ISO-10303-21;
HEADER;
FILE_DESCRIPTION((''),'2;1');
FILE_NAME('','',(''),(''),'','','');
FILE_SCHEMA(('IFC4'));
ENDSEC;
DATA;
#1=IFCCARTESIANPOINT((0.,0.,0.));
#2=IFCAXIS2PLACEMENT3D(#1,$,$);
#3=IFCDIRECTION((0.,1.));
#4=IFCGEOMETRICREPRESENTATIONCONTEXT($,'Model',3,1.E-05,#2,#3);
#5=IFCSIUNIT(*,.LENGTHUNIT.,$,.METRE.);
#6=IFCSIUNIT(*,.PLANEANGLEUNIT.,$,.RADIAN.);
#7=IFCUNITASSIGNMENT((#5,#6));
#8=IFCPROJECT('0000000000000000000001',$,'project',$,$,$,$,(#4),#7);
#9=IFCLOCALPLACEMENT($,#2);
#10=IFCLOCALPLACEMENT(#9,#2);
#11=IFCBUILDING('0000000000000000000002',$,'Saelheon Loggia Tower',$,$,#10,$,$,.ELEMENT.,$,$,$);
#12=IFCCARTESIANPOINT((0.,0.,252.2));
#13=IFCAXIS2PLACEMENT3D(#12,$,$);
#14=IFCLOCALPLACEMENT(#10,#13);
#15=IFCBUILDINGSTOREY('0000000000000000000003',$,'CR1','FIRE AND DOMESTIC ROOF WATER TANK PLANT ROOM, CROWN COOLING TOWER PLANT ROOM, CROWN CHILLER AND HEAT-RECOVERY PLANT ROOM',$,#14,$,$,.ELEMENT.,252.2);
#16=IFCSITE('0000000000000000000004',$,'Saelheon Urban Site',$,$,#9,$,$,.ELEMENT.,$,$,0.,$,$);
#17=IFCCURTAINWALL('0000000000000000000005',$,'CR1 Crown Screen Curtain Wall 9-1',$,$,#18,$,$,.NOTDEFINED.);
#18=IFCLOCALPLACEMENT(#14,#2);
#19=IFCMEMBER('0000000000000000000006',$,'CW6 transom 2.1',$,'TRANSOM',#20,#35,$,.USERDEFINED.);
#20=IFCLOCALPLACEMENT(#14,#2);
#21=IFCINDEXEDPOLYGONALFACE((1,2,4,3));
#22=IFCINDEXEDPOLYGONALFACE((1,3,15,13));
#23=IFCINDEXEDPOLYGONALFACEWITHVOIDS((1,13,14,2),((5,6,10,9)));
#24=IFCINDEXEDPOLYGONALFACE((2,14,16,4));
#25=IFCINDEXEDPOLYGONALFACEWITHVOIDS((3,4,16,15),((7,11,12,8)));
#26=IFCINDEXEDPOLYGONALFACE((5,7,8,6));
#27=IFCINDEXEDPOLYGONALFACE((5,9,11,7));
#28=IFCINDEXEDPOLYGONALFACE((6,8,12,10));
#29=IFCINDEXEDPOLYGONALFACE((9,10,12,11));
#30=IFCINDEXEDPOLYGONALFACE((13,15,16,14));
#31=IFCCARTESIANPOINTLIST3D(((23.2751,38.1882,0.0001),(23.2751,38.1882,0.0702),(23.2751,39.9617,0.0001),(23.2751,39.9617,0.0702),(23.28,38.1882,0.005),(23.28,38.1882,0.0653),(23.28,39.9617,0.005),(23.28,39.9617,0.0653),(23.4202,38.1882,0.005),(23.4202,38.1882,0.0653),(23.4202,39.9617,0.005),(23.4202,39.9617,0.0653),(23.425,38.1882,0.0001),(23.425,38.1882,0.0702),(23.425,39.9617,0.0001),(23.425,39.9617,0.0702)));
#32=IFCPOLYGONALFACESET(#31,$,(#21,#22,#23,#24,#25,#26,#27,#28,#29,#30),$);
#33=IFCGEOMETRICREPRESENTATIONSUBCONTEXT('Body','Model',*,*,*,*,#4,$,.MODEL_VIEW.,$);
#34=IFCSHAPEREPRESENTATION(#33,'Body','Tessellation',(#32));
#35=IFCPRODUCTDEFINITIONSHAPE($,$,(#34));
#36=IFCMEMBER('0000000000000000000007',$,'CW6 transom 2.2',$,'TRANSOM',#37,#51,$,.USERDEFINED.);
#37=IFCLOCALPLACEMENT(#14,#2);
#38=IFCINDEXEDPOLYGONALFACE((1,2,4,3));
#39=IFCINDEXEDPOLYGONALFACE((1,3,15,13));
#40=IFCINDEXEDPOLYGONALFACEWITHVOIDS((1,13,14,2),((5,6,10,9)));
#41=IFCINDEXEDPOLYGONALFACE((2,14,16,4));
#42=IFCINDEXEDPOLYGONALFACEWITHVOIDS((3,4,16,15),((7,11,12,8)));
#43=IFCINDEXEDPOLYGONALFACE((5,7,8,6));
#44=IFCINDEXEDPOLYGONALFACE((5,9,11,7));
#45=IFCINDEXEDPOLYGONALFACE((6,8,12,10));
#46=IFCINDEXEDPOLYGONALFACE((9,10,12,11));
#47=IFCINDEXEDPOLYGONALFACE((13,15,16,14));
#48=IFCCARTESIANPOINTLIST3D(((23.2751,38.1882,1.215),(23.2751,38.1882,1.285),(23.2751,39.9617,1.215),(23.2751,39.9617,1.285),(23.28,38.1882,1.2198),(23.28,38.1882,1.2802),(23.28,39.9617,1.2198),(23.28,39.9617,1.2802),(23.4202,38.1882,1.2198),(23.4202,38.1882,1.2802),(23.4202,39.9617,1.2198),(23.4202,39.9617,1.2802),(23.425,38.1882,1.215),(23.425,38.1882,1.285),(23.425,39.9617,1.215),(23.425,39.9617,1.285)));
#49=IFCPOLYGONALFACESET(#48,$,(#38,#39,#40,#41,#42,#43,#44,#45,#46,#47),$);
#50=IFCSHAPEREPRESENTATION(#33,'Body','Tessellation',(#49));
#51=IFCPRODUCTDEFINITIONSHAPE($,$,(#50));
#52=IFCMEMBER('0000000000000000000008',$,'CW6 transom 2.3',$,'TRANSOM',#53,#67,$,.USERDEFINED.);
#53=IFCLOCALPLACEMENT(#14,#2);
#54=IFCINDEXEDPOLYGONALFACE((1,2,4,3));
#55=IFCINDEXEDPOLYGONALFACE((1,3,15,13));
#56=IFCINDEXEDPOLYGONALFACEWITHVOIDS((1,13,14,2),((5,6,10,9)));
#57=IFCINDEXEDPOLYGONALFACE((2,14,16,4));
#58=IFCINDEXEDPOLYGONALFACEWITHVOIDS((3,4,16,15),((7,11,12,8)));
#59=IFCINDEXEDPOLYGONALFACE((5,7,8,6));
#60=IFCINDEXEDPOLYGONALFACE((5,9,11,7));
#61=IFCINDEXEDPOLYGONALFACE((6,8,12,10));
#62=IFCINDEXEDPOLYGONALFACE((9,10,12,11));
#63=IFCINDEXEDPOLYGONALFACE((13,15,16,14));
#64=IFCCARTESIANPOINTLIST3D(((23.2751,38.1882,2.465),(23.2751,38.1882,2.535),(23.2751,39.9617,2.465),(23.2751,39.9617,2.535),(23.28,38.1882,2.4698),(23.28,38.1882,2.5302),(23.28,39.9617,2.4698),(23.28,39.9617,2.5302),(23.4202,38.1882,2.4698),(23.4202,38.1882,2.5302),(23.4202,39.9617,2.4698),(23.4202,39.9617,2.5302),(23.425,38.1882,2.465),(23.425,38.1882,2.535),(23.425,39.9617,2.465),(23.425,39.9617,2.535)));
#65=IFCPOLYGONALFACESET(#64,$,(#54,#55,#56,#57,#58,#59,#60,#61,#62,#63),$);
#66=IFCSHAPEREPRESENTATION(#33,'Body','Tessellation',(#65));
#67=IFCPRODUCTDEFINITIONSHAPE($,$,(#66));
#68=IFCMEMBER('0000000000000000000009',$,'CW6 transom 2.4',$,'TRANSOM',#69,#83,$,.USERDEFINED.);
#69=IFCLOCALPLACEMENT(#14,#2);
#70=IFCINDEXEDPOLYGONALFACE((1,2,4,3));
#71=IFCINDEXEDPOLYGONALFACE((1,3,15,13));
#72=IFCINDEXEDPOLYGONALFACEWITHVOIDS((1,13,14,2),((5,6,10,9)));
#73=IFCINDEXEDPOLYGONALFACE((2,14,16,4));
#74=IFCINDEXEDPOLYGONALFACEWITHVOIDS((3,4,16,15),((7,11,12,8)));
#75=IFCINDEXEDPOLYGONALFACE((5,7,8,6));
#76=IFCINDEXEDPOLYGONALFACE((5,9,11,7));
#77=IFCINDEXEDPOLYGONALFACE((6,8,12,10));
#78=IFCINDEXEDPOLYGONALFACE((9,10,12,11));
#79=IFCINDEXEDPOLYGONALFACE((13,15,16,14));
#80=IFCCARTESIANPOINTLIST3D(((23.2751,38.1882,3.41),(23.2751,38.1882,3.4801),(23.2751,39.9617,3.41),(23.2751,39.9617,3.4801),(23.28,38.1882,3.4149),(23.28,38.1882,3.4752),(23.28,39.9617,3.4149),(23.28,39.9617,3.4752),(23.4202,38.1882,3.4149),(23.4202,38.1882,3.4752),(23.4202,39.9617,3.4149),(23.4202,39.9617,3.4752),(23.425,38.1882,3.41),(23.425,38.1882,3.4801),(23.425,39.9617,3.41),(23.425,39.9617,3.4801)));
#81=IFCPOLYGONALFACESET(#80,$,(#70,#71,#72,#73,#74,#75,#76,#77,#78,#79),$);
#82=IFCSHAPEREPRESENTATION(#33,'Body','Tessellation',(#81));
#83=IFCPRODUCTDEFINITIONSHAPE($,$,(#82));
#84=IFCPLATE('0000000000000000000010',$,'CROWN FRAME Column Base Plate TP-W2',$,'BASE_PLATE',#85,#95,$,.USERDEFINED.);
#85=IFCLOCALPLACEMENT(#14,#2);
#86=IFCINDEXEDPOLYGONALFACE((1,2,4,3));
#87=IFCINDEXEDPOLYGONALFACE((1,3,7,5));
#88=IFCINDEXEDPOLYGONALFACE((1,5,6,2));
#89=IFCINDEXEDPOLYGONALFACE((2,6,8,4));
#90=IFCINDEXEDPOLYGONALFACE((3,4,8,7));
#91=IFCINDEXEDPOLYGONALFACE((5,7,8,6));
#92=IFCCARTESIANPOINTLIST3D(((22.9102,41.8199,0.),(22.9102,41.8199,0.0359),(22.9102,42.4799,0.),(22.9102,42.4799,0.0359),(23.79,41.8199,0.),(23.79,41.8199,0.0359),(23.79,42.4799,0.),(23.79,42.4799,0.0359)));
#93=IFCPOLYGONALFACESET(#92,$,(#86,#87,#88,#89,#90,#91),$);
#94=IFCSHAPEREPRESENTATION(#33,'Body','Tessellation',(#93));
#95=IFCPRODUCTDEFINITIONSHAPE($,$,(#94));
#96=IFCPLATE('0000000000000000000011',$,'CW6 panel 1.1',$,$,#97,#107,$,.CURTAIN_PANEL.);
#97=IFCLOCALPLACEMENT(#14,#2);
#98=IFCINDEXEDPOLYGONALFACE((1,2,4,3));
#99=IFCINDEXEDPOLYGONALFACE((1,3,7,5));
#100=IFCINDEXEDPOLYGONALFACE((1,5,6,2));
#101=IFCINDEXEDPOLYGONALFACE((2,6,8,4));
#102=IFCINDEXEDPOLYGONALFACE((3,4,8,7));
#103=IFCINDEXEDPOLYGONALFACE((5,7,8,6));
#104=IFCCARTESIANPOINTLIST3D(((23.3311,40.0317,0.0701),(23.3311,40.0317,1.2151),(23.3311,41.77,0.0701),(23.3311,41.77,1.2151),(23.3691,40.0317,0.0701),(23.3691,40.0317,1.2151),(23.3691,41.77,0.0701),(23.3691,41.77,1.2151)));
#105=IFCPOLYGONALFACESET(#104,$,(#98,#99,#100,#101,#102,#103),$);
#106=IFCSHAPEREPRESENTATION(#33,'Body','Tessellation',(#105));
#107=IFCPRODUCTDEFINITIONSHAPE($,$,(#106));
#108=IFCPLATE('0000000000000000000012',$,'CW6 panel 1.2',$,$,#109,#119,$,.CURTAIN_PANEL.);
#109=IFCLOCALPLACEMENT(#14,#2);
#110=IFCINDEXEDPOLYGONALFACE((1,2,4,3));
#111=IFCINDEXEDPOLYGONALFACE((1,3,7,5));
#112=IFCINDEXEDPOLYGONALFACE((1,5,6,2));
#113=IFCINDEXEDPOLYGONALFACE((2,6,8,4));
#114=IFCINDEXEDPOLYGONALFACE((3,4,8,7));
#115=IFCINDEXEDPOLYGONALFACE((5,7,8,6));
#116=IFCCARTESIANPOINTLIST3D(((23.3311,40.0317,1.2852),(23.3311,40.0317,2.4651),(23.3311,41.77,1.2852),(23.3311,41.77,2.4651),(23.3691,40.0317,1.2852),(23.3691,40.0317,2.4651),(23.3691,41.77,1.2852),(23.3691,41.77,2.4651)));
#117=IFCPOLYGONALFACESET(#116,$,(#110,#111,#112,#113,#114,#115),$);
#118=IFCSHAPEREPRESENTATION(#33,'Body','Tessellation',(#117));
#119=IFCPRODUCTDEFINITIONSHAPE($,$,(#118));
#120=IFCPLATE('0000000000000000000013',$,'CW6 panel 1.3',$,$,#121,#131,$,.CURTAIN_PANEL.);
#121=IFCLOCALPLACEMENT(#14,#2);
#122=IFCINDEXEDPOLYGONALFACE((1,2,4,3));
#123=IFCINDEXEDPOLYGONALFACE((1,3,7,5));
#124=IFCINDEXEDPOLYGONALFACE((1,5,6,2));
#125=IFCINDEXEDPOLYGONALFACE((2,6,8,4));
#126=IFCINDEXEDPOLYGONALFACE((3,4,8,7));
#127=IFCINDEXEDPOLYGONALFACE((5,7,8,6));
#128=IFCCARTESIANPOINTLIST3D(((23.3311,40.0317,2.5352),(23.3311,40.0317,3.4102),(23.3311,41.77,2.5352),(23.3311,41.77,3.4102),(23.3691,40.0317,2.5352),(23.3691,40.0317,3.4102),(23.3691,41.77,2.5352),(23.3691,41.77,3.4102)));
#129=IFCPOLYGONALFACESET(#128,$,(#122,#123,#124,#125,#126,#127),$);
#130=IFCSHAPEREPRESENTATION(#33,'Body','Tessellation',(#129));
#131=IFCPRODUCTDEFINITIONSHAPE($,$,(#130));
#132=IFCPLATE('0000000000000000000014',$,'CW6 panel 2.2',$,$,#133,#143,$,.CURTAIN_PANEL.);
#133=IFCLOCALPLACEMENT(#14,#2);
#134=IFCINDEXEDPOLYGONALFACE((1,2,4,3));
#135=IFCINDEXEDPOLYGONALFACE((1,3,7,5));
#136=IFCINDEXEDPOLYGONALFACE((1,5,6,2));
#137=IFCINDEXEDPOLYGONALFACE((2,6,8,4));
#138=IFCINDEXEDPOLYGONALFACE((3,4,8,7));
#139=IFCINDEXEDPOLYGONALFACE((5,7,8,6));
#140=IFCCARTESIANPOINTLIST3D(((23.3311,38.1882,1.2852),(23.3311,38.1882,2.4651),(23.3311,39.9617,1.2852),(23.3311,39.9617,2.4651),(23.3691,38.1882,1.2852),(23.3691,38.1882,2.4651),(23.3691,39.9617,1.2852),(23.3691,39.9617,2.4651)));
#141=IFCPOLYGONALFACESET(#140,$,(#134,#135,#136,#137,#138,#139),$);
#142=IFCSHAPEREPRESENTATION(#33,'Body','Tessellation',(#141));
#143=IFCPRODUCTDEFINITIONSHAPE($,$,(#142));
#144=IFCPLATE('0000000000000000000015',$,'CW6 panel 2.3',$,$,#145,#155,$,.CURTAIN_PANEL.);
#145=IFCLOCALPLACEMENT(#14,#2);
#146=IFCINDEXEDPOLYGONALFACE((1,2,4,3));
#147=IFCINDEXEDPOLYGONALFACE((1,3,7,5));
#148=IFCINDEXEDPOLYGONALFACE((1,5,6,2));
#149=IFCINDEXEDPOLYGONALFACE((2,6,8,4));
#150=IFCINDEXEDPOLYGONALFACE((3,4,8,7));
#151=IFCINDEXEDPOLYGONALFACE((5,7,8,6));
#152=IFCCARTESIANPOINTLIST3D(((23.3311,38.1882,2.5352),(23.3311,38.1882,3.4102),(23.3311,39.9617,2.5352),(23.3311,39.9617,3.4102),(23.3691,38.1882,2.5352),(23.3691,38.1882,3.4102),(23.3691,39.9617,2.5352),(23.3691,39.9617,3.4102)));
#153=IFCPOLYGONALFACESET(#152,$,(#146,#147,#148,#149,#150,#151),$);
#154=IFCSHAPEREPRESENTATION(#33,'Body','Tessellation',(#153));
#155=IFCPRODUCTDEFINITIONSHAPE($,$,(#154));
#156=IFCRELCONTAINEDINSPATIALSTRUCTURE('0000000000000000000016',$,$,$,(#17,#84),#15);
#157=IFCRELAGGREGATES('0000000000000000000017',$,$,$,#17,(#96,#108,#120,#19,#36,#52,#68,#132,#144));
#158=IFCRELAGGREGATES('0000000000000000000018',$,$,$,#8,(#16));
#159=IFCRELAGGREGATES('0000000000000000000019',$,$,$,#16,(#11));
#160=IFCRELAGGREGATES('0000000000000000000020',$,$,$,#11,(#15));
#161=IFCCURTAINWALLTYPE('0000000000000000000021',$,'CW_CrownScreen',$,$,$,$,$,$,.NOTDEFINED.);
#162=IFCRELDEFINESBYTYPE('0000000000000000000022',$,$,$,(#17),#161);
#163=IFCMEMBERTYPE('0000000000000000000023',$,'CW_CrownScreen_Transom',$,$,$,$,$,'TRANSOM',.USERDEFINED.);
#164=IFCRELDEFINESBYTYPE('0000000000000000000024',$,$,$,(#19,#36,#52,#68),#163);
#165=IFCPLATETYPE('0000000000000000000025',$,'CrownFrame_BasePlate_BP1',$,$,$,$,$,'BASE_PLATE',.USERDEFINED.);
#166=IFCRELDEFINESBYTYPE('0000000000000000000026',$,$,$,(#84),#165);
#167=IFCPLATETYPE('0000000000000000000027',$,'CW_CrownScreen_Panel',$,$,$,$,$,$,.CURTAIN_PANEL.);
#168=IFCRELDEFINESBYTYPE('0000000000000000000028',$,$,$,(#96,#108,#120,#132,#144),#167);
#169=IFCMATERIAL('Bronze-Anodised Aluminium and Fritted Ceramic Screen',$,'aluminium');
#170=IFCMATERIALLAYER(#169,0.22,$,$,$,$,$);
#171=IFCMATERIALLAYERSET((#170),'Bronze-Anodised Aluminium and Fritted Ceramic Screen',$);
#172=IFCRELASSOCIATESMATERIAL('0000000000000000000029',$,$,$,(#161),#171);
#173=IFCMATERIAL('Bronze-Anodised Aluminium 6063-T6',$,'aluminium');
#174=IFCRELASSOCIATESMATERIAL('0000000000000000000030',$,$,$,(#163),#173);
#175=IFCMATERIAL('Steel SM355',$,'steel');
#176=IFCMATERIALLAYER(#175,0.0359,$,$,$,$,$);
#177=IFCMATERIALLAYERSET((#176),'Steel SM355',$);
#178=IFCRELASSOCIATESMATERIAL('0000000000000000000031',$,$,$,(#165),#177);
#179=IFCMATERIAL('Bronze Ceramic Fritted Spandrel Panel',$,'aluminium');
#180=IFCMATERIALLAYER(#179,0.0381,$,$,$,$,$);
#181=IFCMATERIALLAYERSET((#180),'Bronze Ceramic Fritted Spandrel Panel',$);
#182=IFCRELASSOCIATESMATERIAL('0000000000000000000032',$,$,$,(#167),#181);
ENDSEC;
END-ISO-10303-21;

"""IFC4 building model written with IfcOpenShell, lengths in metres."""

from ifc_helpers import new_model, si_unit, direction, frame, origin, origin_2d, place, context, subcontext, project, spatial, rectangle, hollow_rectangle, extrude, source, transform, mapped, material, layer, layer_set, material_profile, profile_set, type_object, element, aggregate, save


model = new_model("IFC4")

# Units and contexts
model_context = context("Model", 3, precision=1e-05, world=origin(), true_north=direction((0.0, 1.0)))
body_context = subcontext(model_context, "Body", "Model", "MODEL_VIEW")
ifc_project = project(units=[si_unit("LENGTHUNIT", "METRE"), si_unit("PLANEANGLEUNIT", "RADIAN")], contexts=[model_context])

# Site, building, storey
site_placement = place(None, origin())
site = spatial("IfcSite", under=ifc_project, at=site_placement, Name="Saelheon Urban Site", CompositionType="ELEMENT", RefElevation=0.0)
building_placement = place(site_placement, origin())
building = spatial("IfcBuilding", under=site, at=building_placement, Name="Saelheon Loggia Tower", CompositionType="ELEMENT")
storey_placement = place(building_placement, frame((0.0, 0.0, 252.2)))
storey = spatial("IfcBuildingStorey", under=building, at=storey_placement, Name="CR1", Description="FIRE AND DOMESTIC ROOF WATER TANK PLANT ROOM, CROWN COOLING TOWER PLANT ROOM, CROWN CHILLER AND HEAT-RECOVERY PLANT ROOM", CompositionType="ELEMENT", Elevation=252.2)

# Shared definitions
ifc_material_1 = material(Name="Steel SM355", Category="steel")

# Shared definitions
ifc_material_2 = material(Name="Bronze-Anodised Aluminium and Fritted Ceramic Screen", Category="aluminium")
ifc_layer_1 = layer(ifc_material_2, 0.22)
ifc_layer_set_1 = layer_set([ifc_layer_1], Name="Bronze-Anodised Aluminium and Fritted Ceramic Screen")
curtain_wall_type = type_object("IfcCurtainWallType", Name="CW_CrownScreen", PredefinedType="NOTDEFINED", material=ifc_layer_set_1)
ifc_material_3 = material(Name="Bronze-Anodised Aluminium 6063-T6", Category="aluminium")

# Curtain wall, members
curtain_wall_1_placement = place(storey_placement, origin())
curtain_wall_1 = element("IfcCurtainWall", 1, at=curtain_wall_1_placement, inside=storey, type_object=curtain_wall_type, Name="CR1 Crown Screen Curtain Wall 9-1", PredefinedType="NOTDEFINED")
ifc_material_profile_1 = material_profile(ifc_material_3, hollow_rectangle(XDim=0.0701, YDim=0.1499, WallThickness=0.0049, at=origin_2d()), Name="RHS-150x70x5")
ifc_profile_set_1 = profile_set([ifc_material_profile_1], Name="Bronze-Anodised Aluminium 6063-T6")
member_type_1 = type_object("IfcMemberType", Name="CW_CrownScreen_Transom", ElementType="TRANSOM", PredefinedType="USERDEFINED", material=ifc_profile_set_1)
shared_shape_1 = source(origin(), body_context, "Body", "SweptSolid", [
    extrude(hollow_rectangle(XDim=0.0701, YDim=0.1499, WallThickness=0.0049, at=origin_2d()), origin(), (0.0, 0.0, 1.0), 1.7734),
])
member_1_placement = place(storey_placement, frame((23.3501, 39.9617, 0.0352), z_axis=(0.0, -1.0, 0.0), x_axis=(0.0, 0.0, 1.0)))
member_1 = element("IfcMember", 2, at=member_1_placement, type_object=member_type_1, Name="CW6 transom 2.1", ObjectType="TRANSOM", PredefinedType="USERDEFINED", context=body_context, shape_type="MappedRepresentation", body=[
    mapped(shared_shape_1, transform((0.0, 0.0, 0.0), scale=1.0)),
])
member_2_placement = place(storey_placement, frame((23.3501, 39.9617, 1.25), z_axis=(0.0, -1.0, 0.0), x_axis=(0.0, 0.0, 1.0)))
member_2 = element("IfcMember", 3, at=member_2_placement, type_object=member_type_1, Name="CW6 transom 2.2", ObjectType="TRANSOM", PredefinedType="USERDEFINED", context=body_context, shape_type="MappedRepresentation", body=[
    mapped(shared_shape_1, transform((0.0, 0.0, 0.0), scale=1.0)),
])
member_3_placement = place(storey_placement, frame((23.3501, 39.9617, 2.5), z_axis=(0.0, -1.0, 0.0), x_axis=(0.0, 0.0, 1.0)))
member_3 = element("IfcMember", 4, at=member_3_placement, type_object=member_type_1, Name="CW6 transom 2.3", ObjectType="TRANSOM", PredefinedType="USERDEFINED", context=body_context, shape_type="MappedRepresentation", body=[
    mapped(shared_shape_1, transform((0.0, 0.0, 0.0), scale=1.0)),
])
member_4_placement = place(storey_placement, frame((23.3501, 39.9617, 3.4451), z_axis=(0.0, -1.0, 0.0), x_axis=(0.0, 0.0, 1.0)))
member_4 = element("IfcMember", 5, at=member_4_placement, type_object=member_type_1, Name="CW6 transom 2.4", ObjectType="TRANSOM", PredefinedType="USERDEFINED", context=body_context, shape_type="MappedRepresentation", body=[
    mapped(shared_shape_1, transform((0.0, 0.0, 0.0), scale=1.0)),
])

# Plates
ifc_layer_2 = layer(ifc_material_1, 0.0359)
ifc_layer_set_2 = layer_set([ifc_layer_2], Name="Steel SM355")
plate_type_1 = type_object("IfcPlateType", Name="CrownFrame_BasePlate_BP1", ElementType="BASE_PLATE", PredefinedType="USERDEFINED", material=ifc_layer_set_2)
shared_shape_2 = source(origin(), body_context, "Body", "SweptSolid", [
    extrude(rectangle(XDim=0.8799, YDim=0.6599, at=origin_2d()), origin(), (0.0, 0.0, 1.0), 0.0359),
])
plate_1_placement = place(storey_placement, frame((23.3501, 42.1499, 0.0), z_axis=(0.0, 0.0, 1.0), x_axis=(1.0, 0.0, 0.0)))
element("IfcPlate", 6, at=plate_1_placement, inside=storey, type_object=plate_type_1, Name="CROWN FRAME Column Base Plate TP-W2", ObjectType="BASE_PLATE", PredefinedType="USERDEFINED", context=body_context, shape_type="MappedRepresentation", body=[
    mapped(shared_shape_2, transform((0.0, 0.0, 0.0), scale=1.0)),
])
ifc_material_4 = material(Name="Bronze Ceramic Fritted Spandrel Panel", Category="aluminium")
ifc_layer_3 = layer(ifc_material_4, 0.0381)
ifc_layer_set_3 = layer_set([ifc_layer_3], Name="Bronze Ceramic Fritted Spandrel Panel")
plate_type_2 = type_object("IfcPlateType", Name="CW_CrownScreen_Panel", PredefinedType="CURTAIN_PANEL", material=ifc_layer_set_3)
shared_shape_3 = source(origin(), body_context, "Body", "SweptSolid", [
    extrude(rectangle(XDim=1.7383, YDim=0.0381, at=origin_2d()), origin(), (0.0, 0.0, 1.0), 1.145),
])
plate_2_placement = place(storey_placement, frame((23.3501, 40.9009, 0.0701), z_axis=(0.0, 0.0, 1.0), x_axis=(0.0, -1.0, 0.0)))
plate_2 = element("IfcPlate", 7, at=plate_2_placement, type_object=plate_type_2, Name="CW6 panel 1.1", PredefinedType="CURTAIN_PANEL", context=body_context, shape_type="MappedRepresentation", body=[
    mapped(shared_shape_3, transform((0.0, 0.0, 0.0), scale=1.0)),
])
shared_shape_4 = source(origin(), body_context, "Body", "SweptSolid", [
    extrude(rectangle(XDim=1.7383, YDim=0.0381, at=origin_2d()), origin(), (0.0, 0.0, 1.0), 1.1799),
])
plate_3_placement = place(storey_placement, frame((23.3501, 40.9009, 1.2852), z_axis=(0.0, 0.0, 1.0), x_axis=(0.0, -1.0, 0.0)))
plate_3 = element("IfcPlate", 8, at=plate_3_placement, type_object=plate_type_2, Name="CW6 panel 1.2", PredefinedType="CURTAIN_PANEL", context=body_context, shape_type="MappedRepresentation", body=[
    mapped(shared_shape_4, transform((0.0, 0.0, 0.0), scale=1.0)),
])
shared_shape_5 = source(origin(), body_context, "Body", "SweptSolid", [
    extrude(rectangle(XDim=1.7383, YDim=0.0381, at=origin_2d()), origin(), (0.0, 0.0, 1.0), 0.875),
])
plate_4_placement = place(storey_placement, frame((23.3501, 40.9009, 2.5352), z_axis=(0.0, 0.0, 1.0), x_axis=(0.0, -1.0, 0.0)))
plate_4 = element("IfcPlate", 9, at=plate_4_placement, type_object=plate_type_2, Name="CW6 panel 1.3", PredefinedType="CURTAIN_PANEL", context=body_context, shape_type="MappedRepresentation", body=[
    mapped(shared_shape_5, transform((0.0, 0.0, 0.0), scale=1.0)),
])
shared_shape_6 = source(origin(), body_context, "Body", "SweptSolid", [
    extrude(rectangle(XDim=1.7734, YDim=0.0381, at=origin_2d()), origin(), (0.0, 0.0, 1.0), 1.1799),
])
plate_5_placement = place(storey_placement, frame((23.3501, 39.075, 1.2852), z_axis=(0.0, 0.0, 1.0), x_axis=(0.0, -1.0, 0.0)))
plate_5 = element("IfcPlate", 10, at=plate_5_placement, type_object=plate_type_2, Name="CW6 panel 2.2", PredefinedType="CURTAIN_PANEL", context=body_context, shape_type="MappedRepresentation", body=[
    mapped(shared_shape_6, transform((0.0, 0.0, 0.0), scale=1.0)),
])
shared_shape_7 = source(origin(), body_context, "Body", "SweptSolid", [
    extrude(rectangle(XDim=1.7734, YDim=0.0381, at=origin_2d()), origin(), (0.0, 0.0, 1.0), 0.875),
])
plate_6_placement = place(storey_placement, frame((23.3501, 39.075, 2.5352), z_axis=(0.0, 0.0, 1.0), x_axis=(0.0, -1.0, 0.0)))
plate_6 = element("IfcPlate", 11, at=plate_6_placement, type_object=plate_type_2, Name="CW6 panel 2.3", PredefinedType="CURTAIN_PANEL", context=body_context, shape_type="MappedRepresentation", body=[
    mapped(shared_shape_7, transform((0.0, 0.0, 0.0), scale=1.0)),
])
aggregate(curtain_wall_1, [plate_2, plate_3, plate_4, member_1, member_2, member_3, member_4, plate_5, plate_6])

save(model, "model.ifc")
